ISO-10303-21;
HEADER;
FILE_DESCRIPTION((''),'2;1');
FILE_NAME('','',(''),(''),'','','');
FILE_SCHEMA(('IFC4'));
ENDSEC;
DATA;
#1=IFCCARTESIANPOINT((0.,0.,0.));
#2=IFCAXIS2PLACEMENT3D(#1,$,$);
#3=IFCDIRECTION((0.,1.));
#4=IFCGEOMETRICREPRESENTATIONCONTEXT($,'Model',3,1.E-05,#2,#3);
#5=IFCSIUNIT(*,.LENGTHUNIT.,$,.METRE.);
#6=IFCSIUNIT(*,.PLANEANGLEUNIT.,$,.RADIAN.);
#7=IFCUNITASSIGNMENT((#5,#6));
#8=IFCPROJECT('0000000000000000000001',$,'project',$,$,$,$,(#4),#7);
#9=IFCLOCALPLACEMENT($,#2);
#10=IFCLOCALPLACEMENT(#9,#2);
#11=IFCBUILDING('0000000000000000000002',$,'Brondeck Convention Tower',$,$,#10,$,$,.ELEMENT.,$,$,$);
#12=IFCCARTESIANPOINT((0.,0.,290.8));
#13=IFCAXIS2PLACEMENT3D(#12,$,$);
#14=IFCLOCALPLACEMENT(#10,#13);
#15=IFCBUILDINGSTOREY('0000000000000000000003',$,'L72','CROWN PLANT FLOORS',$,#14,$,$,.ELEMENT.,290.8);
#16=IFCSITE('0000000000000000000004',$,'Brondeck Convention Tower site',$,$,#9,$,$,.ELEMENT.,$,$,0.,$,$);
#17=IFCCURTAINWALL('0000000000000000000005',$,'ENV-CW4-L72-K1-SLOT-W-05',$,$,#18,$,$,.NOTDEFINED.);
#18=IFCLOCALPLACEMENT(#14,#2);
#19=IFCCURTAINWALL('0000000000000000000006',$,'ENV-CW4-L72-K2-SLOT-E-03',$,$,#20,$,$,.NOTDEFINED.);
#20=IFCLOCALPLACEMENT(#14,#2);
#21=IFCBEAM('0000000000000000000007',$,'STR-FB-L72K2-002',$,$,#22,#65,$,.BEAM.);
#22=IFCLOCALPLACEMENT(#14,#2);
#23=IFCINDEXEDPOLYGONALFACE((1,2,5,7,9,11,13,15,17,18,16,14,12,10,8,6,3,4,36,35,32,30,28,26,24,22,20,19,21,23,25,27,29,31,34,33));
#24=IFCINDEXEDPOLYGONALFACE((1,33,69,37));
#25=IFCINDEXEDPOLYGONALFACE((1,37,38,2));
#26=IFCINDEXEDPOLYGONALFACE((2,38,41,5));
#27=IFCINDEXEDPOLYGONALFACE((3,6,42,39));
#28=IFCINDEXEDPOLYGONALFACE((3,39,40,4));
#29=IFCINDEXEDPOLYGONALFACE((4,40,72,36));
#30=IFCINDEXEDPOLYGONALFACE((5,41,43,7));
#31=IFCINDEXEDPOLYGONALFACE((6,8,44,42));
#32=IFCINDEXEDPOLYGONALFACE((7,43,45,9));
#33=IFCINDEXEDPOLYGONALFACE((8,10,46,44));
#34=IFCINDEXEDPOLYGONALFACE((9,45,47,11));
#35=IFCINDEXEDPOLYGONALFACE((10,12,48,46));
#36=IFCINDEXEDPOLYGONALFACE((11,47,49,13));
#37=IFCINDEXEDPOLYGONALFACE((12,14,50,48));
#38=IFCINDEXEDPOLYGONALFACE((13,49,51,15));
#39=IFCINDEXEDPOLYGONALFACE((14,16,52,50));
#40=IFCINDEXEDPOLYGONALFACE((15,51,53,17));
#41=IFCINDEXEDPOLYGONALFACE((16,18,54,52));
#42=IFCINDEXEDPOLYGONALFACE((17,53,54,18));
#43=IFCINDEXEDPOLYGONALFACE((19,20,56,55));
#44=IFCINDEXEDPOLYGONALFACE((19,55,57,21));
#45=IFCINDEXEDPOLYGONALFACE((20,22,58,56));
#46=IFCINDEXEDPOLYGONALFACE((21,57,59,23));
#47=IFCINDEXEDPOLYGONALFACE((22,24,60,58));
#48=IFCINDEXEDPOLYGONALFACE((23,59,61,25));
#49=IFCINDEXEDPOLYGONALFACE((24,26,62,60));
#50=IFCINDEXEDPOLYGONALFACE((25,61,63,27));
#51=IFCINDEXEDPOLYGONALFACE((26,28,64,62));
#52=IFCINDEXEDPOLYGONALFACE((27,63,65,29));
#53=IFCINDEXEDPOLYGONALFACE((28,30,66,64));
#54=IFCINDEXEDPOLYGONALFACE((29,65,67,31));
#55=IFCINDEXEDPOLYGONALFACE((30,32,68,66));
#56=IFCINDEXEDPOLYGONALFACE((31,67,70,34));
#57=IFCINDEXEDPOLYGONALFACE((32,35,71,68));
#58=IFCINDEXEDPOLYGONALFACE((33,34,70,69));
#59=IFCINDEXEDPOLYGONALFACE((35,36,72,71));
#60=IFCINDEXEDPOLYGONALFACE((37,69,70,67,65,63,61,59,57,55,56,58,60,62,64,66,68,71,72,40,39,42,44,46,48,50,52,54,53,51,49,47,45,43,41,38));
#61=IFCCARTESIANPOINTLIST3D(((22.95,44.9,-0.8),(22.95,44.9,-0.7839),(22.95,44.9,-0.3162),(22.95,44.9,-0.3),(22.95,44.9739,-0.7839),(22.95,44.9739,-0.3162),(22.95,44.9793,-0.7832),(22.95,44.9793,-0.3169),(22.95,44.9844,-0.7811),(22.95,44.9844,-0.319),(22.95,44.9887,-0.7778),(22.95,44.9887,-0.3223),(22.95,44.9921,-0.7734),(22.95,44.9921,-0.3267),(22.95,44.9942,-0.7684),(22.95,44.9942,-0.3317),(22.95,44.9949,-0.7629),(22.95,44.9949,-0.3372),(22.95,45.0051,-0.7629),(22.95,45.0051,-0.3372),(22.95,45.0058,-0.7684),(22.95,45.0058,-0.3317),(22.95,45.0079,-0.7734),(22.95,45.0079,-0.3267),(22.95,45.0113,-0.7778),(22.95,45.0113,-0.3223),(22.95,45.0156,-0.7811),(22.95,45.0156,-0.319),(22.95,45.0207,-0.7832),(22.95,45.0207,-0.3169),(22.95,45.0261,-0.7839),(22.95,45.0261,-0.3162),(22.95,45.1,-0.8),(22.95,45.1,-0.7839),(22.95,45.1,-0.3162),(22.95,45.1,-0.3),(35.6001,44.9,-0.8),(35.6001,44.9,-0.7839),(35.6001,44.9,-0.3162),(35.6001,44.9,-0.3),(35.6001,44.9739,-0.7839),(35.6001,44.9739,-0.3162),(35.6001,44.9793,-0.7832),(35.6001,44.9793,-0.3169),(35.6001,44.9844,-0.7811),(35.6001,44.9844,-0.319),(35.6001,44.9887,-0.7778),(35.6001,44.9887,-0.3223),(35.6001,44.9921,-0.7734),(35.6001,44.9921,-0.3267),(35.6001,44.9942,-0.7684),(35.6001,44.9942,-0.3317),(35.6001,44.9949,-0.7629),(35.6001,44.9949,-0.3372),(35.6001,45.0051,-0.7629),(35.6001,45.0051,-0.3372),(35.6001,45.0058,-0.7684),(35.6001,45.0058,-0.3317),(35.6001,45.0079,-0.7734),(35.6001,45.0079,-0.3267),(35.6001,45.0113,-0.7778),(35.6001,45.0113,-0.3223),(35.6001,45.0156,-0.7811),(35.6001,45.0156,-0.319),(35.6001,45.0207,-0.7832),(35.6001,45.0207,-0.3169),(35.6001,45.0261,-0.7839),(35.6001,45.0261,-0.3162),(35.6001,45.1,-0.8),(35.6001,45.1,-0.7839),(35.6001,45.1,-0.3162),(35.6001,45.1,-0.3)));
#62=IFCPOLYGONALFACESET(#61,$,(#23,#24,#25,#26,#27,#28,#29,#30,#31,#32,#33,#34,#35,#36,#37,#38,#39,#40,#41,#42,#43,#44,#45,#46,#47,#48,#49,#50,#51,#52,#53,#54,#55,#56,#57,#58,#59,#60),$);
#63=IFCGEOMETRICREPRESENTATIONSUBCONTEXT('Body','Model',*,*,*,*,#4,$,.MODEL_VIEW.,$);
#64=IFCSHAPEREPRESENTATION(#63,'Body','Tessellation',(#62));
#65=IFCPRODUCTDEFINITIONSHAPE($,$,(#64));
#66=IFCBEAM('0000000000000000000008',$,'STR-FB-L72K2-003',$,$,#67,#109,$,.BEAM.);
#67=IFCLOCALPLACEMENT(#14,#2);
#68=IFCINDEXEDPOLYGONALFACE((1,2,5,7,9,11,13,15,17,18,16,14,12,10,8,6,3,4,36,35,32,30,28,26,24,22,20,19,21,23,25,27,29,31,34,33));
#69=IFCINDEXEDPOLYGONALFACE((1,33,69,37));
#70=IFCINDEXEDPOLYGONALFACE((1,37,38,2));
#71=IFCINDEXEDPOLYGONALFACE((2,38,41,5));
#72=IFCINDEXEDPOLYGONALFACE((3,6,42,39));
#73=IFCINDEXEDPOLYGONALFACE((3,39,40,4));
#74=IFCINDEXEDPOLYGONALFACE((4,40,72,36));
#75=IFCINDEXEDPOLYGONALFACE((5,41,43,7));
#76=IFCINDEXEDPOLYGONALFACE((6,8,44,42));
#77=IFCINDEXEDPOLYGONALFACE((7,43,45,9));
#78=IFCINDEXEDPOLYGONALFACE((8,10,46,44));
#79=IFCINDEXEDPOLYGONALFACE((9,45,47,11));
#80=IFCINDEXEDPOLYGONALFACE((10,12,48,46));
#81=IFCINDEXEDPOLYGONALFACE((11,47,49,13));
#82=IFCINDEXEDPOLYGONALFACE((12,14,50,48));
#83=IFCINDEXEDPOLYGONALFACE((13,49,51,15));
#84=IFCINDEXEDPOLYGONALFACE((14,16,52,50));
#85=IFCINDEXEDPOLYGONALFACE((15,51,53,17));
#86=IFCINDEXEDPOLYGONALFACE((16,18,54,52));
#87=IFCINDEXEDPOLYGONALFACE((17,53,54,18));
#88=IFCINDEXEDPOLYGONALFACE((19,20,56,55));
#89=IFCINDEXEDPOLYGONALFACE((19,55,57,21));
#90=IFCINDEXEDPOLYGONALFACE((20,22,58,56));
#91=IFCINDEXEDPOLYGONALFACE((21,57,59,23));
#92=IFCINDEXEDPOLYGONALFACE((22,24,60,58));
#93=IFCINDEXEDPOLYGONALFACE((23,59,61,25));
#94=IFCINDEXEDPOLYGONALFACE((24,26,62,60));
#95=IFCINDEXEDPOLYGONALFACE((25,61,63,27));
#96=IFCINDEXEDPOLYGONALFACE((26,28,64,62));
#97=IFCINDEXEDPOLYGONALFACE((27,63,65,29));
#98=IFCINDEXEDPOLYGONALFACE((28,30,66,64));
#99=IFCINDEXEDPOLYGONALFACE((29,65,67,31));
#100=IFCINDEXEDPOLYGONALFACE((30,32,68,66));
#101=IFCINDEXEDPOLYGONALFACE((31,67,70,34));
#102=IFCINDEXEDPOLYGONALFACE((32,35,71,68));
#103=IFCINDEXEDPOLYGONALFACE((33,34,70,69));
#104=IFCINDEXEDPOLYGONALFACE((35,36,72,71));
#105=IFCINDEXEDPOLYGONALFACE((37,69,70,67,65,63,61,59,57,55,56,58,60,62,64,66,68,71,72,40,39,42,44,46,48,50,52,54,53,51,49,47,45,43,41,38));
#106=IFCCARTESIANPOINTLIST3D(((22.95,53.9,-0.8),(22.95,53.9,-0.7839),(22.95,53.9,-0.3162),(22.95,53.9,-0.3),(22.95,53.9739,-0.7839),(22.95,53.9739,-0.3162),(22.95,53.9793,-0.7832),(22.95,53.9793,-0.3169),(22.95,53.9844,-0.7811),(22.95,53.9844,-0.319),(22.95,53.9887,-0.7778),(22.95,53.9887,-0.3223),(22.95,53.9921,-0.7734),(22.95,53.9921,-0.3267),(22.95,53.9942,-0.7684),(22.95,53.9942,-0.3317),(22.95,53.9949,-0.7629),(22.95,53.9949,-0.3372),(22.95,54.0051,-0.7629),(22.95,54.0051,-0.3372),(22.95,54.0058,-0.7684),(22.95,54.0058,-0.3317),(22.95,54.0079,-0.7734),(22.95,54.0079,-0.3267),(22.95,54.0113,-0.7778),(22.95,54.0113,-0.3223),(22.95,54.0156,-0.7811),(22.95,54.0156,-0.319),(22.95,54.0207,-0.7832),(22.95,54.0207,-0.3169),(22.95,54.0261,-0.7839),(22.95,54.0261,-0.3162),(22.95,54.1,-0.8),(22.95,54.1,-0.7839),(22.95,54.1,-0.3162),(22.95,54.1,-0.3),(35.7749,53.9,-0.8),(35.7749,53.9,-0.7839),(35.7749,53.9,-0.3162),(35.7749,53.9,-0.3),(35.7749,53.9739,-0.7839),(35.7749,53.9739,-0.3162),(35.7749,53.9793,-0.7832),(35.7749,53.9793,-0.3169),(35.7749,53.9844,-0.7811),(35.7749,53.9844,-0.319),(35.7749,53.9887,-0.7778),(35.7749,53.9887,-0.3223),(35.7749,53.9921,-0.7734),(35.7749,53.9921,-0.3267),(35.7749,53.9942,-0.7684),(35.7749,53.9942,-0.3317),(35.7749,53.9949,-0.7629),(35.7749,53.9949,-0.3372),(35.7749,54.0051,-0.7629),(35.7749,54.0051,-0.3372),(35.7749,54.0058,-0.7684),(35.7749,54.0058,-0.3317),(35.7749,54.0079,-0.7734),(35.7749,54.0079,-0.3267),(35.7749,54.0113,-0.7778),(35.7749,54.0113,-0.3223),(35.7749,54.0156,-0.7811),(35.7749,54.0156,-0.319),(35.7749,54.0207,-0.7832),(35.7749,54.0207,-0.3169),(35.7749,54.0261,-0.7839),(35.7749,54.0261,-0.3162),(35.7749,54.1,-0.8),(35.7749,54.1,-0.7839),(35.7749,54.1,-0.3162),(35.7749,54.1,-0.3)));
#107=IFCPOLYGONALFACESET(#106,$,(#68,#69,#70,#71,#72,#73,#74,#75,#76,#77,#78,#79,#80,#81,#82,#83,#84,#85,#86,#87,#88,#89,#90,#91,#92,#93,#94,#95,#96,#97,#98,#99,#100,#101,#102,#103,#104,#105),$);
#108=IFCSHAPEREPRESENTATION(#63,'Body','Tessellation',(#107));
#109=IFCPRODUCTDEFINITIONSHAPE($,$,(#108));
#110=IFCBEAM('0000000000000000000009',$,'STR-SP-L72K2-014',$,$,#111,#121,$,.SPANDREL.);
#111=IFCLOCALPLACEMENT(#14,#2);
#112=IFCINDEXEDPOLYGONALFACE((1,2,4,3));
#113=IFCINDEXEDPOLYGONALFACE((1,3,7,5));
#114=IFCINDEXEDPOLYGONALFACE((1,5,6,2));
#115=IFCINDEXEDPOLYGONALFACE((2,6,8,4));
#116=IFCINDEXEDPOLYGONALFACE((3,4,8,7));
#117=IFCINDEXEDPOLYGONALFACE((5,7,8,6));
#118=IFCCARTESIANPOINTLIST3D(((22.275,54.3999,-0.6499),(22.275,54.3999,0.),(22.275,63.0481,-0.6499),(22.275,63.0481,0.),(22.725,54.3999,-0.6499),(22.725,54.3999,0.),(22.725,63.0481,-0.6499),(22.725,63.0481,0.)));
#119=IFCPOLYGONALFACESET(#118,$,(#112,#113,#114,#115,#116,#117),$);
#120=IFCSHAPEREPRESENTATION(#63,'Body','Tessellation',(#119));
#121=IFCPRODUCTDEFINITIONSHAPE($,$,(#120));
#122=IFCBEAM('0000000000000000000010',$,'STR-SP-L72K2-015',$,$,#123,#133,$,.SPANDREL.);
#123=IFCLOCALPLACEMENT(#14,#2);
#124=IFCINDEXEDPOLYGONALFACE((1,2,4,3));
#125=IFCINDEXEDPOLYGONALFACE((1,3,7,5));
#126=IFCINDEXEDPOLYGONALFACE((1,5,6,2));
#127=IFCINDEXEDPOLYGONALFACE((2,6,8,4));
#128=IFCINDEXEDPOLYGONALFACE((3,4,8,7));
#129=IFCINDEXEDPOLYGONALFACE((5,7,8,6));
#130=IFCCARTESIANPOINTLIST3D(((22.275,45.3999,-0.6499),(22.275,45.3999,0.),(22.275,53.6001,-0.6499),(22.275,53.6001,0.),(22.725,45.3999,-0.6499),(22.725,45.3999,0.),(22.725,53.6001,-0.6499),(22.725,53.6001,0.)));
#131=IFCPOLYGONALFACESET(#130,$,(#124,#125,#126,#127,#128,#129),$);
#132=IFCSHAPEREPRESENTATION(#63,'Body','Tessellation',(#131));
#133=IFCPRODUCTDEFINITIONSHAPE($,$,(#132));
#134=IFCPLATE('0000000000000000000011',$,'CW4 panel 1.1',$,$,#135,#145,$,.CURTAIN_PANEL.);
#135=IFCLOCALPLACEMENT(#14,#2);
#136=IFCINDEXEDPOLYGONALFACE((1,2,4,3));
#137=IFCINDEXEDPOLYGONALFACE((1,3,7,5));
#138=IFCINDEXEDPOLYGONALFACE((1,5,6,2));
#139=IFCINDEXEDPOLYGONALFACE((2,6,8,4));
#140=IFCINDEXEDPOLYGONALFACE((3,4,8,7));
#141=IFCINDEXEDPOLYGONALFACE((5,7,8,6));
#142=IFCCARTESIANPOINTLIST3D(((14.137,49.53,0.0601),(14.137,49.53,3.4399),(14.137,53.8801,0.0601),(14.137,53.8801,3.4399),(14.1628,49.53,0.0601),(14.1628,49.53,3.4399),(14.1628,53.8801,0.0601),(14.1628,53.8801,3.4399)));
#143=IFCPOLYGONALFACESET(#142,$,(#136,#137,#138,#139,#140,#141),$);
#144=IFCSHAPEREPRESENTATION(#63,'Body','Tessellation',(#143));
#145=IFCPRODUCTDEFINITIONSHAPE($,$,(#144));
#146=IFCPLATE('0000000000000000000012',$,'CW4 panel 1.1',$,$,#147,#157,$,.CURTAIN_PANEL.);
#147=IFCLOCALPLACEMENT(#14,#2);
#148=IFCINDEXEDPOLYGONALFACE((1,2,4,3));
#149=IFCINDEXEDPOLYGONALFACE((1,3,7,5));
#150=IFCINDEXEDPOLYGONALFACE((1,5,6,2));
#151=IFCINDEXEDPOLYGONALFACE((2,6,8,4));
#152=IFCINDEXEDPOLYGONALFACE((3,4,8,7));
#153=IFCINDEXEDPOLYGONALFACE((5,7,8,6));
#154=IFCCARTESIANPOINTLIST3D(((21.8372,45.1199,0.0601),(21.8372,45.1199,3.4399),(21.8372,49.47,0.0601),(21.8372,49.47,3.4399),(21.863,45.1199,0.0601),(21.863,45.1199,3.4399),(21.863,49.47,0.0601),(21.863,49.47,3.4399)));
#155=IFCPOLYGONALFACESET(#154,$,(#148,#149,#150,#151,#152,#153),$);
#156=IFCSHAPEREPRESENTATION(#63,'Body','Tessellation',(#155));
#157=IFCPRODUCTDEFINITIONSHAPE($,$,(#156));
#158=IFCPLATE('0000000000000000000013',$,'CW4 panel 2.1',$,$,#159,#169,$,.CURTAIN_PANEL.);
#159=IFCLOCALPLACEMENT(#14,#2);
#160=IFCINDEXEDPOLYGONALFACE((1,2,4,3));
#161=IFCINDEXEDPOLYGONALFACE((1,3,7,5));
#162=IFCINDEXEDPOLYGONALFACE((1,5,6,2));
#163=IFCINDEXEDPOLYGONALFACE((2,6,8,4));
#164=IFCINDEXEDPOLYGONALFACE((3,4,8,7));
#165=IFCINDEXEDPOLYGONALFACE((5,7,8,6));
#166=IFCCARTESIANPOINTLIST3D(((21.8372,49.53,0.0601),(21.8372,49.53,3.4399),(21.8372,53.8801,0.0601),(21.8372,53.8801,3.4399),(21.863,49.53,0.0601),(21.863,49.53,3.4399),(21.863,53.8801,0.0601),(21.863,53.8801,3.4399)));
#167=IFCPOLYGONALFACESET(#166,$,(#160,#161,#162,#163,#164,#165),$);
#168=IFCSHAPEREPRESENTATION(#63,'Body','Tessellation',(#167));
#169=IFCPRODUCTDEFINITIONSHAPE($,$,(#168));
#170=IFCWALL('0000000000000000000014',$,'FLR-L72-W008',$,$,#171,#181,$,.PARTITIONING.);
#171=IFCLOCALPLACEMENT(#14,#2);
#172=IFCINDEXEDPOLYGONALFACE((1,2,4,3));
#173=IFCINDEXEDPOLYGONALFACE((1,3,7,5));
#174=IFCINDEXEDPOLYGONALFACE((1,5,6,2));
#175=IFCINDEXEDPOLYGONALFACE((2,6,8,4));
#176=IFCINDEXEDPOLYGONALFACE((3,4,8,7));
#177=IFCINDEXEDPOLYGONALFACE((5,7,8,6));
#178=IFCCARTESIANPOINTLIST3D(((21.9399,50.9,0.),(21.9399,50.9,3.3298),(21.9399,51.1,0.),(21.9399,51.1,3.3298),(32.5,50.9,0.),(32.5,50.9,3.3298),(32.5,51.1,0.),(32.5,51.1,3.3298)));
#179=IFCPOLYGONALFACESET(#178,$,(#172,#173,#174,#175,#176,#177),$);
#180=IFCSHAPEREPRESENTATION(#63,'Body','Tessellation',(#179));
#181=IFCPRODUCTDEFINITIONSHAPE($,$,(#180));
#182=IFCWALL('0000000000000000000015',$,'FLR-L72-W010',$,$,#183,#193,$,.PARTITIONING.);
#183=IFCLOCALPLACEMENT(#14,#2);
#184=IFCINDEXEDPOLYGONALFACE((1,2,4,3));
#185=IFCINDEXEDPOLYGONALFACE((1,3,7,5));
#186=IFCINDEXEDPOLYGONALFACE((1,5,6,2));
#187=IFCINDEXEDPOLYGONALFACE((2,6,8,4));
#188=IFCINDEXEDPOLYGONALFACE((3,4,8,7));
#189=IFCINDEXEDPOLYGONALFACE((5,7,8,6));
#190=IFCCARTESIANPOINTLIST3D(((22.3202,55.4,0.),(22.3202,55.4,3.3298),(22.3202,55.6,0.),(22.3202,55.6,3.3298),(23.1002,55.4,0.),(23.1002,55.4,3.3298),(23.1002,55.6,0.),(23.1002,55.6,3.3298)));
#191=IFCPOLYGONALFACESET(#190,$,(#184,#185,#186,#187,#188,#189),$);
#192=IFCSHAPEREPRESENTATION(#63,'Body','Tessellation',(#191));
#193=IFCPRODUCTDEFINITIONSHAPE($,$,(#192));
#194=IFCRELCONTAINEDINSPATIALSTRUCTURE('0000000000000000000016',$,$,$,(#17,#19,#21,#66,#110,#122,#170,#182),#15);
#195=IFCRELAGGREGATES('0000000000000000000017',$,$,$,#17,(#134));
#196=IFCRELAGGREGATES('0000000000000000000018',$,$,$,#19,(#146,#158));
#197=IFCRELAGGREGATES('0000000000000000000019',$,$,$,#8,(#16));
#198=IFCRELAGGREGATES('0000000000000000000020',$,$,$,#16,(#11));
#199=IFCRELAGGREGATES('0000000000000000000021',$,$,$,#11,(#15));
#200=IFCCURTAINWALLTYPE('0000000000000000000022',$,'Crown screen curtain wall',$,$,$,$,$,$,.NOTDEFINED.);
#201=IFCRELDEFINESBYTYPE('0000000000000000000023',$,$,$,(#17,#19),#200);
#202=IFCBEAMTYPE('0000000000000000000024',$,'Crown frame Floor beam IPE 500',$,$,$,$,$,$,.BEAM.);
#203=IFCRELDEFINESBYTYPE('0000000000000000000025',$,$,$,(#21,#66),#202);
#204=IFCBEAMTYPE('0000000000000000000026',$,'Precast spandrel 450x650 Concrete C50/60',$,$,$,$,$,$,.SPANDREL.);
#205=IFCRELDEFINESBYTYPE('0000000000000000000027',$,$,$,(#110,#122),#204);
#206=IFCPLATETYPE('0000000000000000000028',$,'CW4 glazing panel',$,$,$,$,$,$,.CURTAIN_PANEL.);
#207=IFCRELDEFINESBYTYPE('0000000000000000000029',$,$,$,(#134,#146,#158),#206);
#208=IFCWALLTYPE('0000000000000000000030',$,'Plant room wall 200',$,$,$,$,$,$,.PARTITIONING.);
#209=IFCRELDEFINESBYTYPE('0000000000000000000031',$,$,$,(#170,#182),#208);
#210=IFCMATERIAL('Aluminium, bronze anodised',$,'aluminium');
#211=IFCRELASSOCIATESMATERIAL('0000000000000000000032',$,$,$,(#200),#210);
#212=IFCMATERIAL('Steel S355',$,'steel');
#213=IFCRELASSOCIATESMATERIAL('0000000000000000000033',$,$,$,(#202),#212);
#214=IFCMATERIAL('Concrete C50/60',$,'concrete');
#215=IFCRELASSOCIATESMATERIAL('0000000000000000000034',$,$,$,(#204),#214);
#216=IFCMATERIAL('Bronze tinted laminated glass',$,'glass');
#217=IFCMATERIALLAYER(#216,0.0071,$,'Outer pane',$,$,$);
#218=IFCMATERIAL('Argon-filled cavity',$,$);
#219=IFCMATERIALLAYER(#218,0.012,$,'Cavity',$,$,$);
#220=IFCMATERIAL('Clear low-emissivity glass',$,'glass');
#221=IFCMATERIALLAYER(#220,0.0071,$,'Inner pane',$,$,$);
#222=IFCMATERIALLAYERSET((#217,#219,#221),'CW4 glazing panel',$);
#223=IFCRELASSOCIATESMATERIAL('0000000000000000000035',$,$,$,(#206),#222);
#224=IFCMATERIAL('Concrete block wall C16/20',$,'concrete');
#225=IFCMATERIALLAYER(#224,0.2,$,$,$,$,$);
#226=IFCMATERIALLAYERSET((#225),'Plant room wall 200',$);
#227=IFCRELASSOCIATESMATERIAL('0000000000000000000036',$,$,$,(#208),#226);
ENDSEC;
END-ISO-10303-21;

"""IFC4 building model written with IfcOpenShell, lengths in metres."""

from ifc_helpers import new_model, si_unit, direction, frame, frame_2d, origin, origin_2d, place, context, subcontext, project, spatial, rectangle, i_section, extrude, material, layer, layer_set, material_profile, profile_set, type_object, element, aggregate, save


model = new_model("IFC4")

# Units and contexts
model_context = context("Model", 3, precision=1e-05, world=origin(), true_north=direction((0.0, 1.0)))
body_context = subcontext(model_context, "Body", "Model", "MODEL_VIEW")
ifc_project = project(units=[si_unit("LENGTHUNIT", "METRE"), si_unit("PLANEANGLEUNIT", "RADIAN")], contexts=[model_context])

# Site, building, storey
site_placement = place(None, origin())
site = spatial("IfcSite", under=ifc_project, at=site_placement, Name="Brondeck Convention Tower site", CompositionType="ELEMENT", RefElevation=0.0)
building_placement = place(site_placement, origin())
building = spatial("IfcBuilding", under=site, at=building_placement, Name="Brondeck Convention Tower", CompositionType="ELEMENT")
storey_placement = place(building_placement, frame((0.0, 0.0, 290.8)))
storey = spatial("IfcBuildingStorey", under=building, at=storey_placement, Name="L72", Description="CROWN PLANT FLOORS", CompositionType="ELEMENT", Elevation=290.8)

# Shared definitions
ifc_material_1 = material(Name="Concrete C50/60", Category="concrete")

# Curtain walls
ifc_material_2 = material(Name="Aluminium, bronze anodised", Category="aluminium")
curtain_wall_type = type_object("IfcCurtainWallType", Name="Crown screen curtain wall", PredefinedType="NOTDEFINED", material=ifc_material_2)
curtain_wall_1_placement = place(storey_placement, origin())
curtain_wall_1 = element("IfcCurtainWall", 1, at=curtain_wall_1_placement, inside=storey, type_object=curtain_wall_type, Name="ENV-CW4-L72-K1-SLOT-W-05", PredefinedType="NOTDEFINED")
curtain_wall_2_placement = place(storey_placement, origin())
curtain_wall_2 = element("IfcCurtainWall", 2, at=curtain_wall_2_placement, inside=storey, type_object=curtain_wall_type, Name="ENV-CW4-L72-K2-SLOT-E-03", PredefinedType="NOTDEFINED")

# Beams
ifc_material_3 = material(Name="Steel S355", Category="steel")
ifc_material_profile_1 = material_profile(ifc_material_3, i_section(OverallWidth=0.2, OverallDepth=0.5, WebThickness=0.0103, FlangeThickness=0.0161, FilletRadius=0.021, at=origin_2d()), Name="IPE 500")
ifc_profile_set_1 = profile_set([ifc_material_profile_1], Name="Steel S355")
beam_type_1 = type_object("IfcBeamType", Name="Crown frame Floor beam IPE 500", PredefinedType="BEAM", material=ifc_profile_set_1)
beam_1_placement = place(storey_placement, frame((22.95, 45.0, -0.55), z_axis=(1.0, 0.0, 0.0), x_axis=(0.0, 1.0, 0.0)))
element("IfcBeam", 3, at=beam_1_placement, inside=storey, type_object=beam_type_1, Name="STR-FB-L72K2-002", PredefinedType="BEAM", context=body_context, shape_type="SweptSolid", body=[
    extrude(i_section(OverallWidth=0.2, OverallDepth=0.5, WebThickness=0.0103, FlangeThickness=0.0161, FilletRadius=0.021, at=origin_2d()), origin(), (0.0, 0.0, 1.0), 12.6501),
])
beam_2_placement = place(storey_placement, frame((22.95, 54.0, -0.55), z_axis=(1.0, 0.0, 0.0), x_axis=(0.0, 1.0, 0.0)))
element("IfcBeam", 4, at=beam_2_placement, inside=storey, type_object=beam_type_1, Name="STR-FB-L72K2-003", PredefinedType="BEAM", context=body_context, shape_type="SweptSolid", body=[
    extrude(i_section(OverallWidth=0.2, OverallDepth=0.5, WebThickness=0.0103, FlangeThickness=0.0161, FilletRadius=0.021, at=origin_2d()), origin(), (0.0, 0.0, 1.0), 12.825),
])
ifc_material_profile_2 = material_profile(ifc_material_1, rectangle(XDim=0.45, YDim=0.6499, at=origin_2d()), Name="Precast spandrel 450x650 Concrete C50/60")
ifc_profile_set_2 = profile_set([ifc_material_profile_2], Name="Concrete C50/60")
beam_type_2 = type_object("IfcBeamType", Name="Precast spandrel 450x650 Concrete C50/60", PredefinedType="SPANDREL", material=ifc_profile_set_2)
beam_3_placement = place(storey_placement, frame((22.5, 63.0481, -0.325), z_axis=(0.0, -1.0, 0.0), x_axis=(1.0, 0.0, 0.0)))
element("IfcBeam", 5, at=beam_3_placement, inside=storey, type_object=beam_type_2, Name="STR-SP-L72K2-014", PredefinedType="SPANDREL", context=body_context, shape_type="SweptSolid", body=[
    extrude(rectangle(XDim=0.45, YDim=0.6499, at=origin_2d()), origin(), (0.0, 0.0, 1.0), 8.6482),
])
beam_4_placement = place(storey_placement, frame((22.5, 53.6001, -0.325), z_axis=(0.0, -1.0, 0.0), x_axis=(1.0, 0.0, 0.0)))
element("IfcBeam", 6, at=beam_4_placement, inside=storey, type_object=beam_type_2, Name="STR-SP-L72K2-015", PredefinedType="SPANDREL", context=body_context, shape_type="SweptSolid", body=[
    extrude(rectangle(XDim=0.45, YDim=0.6499, at=origin_2d()), origin(), (0.0, 0.0, 1.0), 8.2002),
])

# Plates
ifc_material_4 = material(Name="Bronze tinted laminated glass", Category="glass")
ifc_layer_1 = layer(ifc_material_4, 0.0071, Name="Outer pane")
ifc_material_5 = material(Name="Argon-filled cavity")
ifc_layer_2 = layer(ifc_material_5, 0.012, Name="Cavity")
ifc_material_6 = material(Name="Clear low-emissivity glass", Category="glass")
ifc_layer_3 = layer(ifc_material_6, 0.0071, Name="Inner pane")
ifc_layer_set_1 = layer_set([ifc_layer_1, ifc_layer_2, ifc_layer_3], Name="CW4 glazing panel")
plate_type = type_object("IfcPlateType", Name="CW4 glazing panel", PredefinedType="CURTAIN_PANEL", material=ifc_layer_set_1)
plate_1_placement = place(storey_placement, frame((14.1499, 51.7051, 0.0601), z_axis=(0.0, 0.0, 1.0), x_axis=(0.0, -1.0, 0.0)))
plate_1 = element("IfcPlate", 7, at=plate_1_placement, type_object=plate_type, Name="CW4 panel 1.1", PredefinedType="CURTAIN_PANEL", context=body_context, shape_type="SweptSolid", body=[
    extrude(rectangle(XDim=4.3501, YDim=0.0259, at=origin_2d()), origin(), (0.0, 0.0, 1.0), 3.3799),
])
aggregate(curtain_wall_1, [plate_1])
plate_2_placement = place(storey_placement, frame((21.8501, 47.2949, 0.0601), z_axis=(0.0, 0.0, 1.0), x_axis=(0.0, 1.0, 0.0)))
plate_2 = element("IfcPlate", 8, at=plate_2_placement, type_object=plate_type, Name="CW4 panel 1.1", PredefinedType="CURTAIN_PANEL", context=body_context, shape_type="SweptSolid", body=[
    extrude(rectangle(XDim=4.3501, YDim=0.0259, at=origin_2d()), origin(), (0.0, 0.0, 1.0), 3.3799),
])
plate_3_placement = place(storey_placement, frame((21.8501, 51.7051, 0.0601), z_axis=(0.0, 0.0, 1.0), x_axis=(0.0, 1.0, 0.0)))
plate_3 = element("IfcPlate", 9, at=plate_3_placement, type_object=plate_type, Name="CW4 panel 2.1", PredefinedType="CURTAIN_PANEL", context=body_context, shape_type="SweptSolid", body=[
    extrude(rectangle(XDim=4.3501, YDim=0.0259, at=origin_2d()), origin(), (0.0, 0.0, 1.0), 3.3799),
])
aggregate(curtain_wall_2, [plate_2, plate_3])

# Walls
ifc_material_7 = material(Name="Concrete block wall C16/20", Category="concrete")
ifc_layer_4 = layer(ifc_material_7, 0.2)
ifc_layer_set_2 = layer_set([ifc_layer_4], Name="Plant room wall 200")
wall_type_1 = type_object("IfcWallType", Name="Plant room wall 200", PredefinedType="PARTITIONING", material=ifc_layer_set_2)
wall_1_placement = place(storey_placement, frame((21.9399, 51.0, 0.0), z_axis=(0.0, 0.0, 1.0), x_axis=(1.0, 0.0, 0.0)))
element("IfcWall", 10, at=wall_1_placement, inside=storey, type_object=wall_type_1, Name="FLR-L72-W008", PredefinedType="PARTITIONING", context=body_context, shape_type="SweptSolid", body=[
    extrude(rectangle(XDim=10.5601, YDim=0.2, at=frame_2d((5.28, 0.0))), origin(), (0.0, 0.0, 1.0), 3.3298),
])
wall_2_placement = place(storey_placement, frame((22.3201, 55.5, 0.0), z_axis=(0.0, 0.0, 1.0), x_axis=(1.0, 0.0, 0.0)))
element("IfcWall", 11, at=wall_2_placement, inside=storey, type_object=wall_type_1, Name="FLR-L72-W010", PredefinedType="PARTITIONING", context=body_context, shape_type="SweptSolid", body=[
    extrude(rectangle(XDim=0.78, YDim=0.2, at=frame_2d((0.3901, 0.0))), origin(), (0.0, 0.0, 1.0), 3.3298),
])

save(model, "model.ifc")
